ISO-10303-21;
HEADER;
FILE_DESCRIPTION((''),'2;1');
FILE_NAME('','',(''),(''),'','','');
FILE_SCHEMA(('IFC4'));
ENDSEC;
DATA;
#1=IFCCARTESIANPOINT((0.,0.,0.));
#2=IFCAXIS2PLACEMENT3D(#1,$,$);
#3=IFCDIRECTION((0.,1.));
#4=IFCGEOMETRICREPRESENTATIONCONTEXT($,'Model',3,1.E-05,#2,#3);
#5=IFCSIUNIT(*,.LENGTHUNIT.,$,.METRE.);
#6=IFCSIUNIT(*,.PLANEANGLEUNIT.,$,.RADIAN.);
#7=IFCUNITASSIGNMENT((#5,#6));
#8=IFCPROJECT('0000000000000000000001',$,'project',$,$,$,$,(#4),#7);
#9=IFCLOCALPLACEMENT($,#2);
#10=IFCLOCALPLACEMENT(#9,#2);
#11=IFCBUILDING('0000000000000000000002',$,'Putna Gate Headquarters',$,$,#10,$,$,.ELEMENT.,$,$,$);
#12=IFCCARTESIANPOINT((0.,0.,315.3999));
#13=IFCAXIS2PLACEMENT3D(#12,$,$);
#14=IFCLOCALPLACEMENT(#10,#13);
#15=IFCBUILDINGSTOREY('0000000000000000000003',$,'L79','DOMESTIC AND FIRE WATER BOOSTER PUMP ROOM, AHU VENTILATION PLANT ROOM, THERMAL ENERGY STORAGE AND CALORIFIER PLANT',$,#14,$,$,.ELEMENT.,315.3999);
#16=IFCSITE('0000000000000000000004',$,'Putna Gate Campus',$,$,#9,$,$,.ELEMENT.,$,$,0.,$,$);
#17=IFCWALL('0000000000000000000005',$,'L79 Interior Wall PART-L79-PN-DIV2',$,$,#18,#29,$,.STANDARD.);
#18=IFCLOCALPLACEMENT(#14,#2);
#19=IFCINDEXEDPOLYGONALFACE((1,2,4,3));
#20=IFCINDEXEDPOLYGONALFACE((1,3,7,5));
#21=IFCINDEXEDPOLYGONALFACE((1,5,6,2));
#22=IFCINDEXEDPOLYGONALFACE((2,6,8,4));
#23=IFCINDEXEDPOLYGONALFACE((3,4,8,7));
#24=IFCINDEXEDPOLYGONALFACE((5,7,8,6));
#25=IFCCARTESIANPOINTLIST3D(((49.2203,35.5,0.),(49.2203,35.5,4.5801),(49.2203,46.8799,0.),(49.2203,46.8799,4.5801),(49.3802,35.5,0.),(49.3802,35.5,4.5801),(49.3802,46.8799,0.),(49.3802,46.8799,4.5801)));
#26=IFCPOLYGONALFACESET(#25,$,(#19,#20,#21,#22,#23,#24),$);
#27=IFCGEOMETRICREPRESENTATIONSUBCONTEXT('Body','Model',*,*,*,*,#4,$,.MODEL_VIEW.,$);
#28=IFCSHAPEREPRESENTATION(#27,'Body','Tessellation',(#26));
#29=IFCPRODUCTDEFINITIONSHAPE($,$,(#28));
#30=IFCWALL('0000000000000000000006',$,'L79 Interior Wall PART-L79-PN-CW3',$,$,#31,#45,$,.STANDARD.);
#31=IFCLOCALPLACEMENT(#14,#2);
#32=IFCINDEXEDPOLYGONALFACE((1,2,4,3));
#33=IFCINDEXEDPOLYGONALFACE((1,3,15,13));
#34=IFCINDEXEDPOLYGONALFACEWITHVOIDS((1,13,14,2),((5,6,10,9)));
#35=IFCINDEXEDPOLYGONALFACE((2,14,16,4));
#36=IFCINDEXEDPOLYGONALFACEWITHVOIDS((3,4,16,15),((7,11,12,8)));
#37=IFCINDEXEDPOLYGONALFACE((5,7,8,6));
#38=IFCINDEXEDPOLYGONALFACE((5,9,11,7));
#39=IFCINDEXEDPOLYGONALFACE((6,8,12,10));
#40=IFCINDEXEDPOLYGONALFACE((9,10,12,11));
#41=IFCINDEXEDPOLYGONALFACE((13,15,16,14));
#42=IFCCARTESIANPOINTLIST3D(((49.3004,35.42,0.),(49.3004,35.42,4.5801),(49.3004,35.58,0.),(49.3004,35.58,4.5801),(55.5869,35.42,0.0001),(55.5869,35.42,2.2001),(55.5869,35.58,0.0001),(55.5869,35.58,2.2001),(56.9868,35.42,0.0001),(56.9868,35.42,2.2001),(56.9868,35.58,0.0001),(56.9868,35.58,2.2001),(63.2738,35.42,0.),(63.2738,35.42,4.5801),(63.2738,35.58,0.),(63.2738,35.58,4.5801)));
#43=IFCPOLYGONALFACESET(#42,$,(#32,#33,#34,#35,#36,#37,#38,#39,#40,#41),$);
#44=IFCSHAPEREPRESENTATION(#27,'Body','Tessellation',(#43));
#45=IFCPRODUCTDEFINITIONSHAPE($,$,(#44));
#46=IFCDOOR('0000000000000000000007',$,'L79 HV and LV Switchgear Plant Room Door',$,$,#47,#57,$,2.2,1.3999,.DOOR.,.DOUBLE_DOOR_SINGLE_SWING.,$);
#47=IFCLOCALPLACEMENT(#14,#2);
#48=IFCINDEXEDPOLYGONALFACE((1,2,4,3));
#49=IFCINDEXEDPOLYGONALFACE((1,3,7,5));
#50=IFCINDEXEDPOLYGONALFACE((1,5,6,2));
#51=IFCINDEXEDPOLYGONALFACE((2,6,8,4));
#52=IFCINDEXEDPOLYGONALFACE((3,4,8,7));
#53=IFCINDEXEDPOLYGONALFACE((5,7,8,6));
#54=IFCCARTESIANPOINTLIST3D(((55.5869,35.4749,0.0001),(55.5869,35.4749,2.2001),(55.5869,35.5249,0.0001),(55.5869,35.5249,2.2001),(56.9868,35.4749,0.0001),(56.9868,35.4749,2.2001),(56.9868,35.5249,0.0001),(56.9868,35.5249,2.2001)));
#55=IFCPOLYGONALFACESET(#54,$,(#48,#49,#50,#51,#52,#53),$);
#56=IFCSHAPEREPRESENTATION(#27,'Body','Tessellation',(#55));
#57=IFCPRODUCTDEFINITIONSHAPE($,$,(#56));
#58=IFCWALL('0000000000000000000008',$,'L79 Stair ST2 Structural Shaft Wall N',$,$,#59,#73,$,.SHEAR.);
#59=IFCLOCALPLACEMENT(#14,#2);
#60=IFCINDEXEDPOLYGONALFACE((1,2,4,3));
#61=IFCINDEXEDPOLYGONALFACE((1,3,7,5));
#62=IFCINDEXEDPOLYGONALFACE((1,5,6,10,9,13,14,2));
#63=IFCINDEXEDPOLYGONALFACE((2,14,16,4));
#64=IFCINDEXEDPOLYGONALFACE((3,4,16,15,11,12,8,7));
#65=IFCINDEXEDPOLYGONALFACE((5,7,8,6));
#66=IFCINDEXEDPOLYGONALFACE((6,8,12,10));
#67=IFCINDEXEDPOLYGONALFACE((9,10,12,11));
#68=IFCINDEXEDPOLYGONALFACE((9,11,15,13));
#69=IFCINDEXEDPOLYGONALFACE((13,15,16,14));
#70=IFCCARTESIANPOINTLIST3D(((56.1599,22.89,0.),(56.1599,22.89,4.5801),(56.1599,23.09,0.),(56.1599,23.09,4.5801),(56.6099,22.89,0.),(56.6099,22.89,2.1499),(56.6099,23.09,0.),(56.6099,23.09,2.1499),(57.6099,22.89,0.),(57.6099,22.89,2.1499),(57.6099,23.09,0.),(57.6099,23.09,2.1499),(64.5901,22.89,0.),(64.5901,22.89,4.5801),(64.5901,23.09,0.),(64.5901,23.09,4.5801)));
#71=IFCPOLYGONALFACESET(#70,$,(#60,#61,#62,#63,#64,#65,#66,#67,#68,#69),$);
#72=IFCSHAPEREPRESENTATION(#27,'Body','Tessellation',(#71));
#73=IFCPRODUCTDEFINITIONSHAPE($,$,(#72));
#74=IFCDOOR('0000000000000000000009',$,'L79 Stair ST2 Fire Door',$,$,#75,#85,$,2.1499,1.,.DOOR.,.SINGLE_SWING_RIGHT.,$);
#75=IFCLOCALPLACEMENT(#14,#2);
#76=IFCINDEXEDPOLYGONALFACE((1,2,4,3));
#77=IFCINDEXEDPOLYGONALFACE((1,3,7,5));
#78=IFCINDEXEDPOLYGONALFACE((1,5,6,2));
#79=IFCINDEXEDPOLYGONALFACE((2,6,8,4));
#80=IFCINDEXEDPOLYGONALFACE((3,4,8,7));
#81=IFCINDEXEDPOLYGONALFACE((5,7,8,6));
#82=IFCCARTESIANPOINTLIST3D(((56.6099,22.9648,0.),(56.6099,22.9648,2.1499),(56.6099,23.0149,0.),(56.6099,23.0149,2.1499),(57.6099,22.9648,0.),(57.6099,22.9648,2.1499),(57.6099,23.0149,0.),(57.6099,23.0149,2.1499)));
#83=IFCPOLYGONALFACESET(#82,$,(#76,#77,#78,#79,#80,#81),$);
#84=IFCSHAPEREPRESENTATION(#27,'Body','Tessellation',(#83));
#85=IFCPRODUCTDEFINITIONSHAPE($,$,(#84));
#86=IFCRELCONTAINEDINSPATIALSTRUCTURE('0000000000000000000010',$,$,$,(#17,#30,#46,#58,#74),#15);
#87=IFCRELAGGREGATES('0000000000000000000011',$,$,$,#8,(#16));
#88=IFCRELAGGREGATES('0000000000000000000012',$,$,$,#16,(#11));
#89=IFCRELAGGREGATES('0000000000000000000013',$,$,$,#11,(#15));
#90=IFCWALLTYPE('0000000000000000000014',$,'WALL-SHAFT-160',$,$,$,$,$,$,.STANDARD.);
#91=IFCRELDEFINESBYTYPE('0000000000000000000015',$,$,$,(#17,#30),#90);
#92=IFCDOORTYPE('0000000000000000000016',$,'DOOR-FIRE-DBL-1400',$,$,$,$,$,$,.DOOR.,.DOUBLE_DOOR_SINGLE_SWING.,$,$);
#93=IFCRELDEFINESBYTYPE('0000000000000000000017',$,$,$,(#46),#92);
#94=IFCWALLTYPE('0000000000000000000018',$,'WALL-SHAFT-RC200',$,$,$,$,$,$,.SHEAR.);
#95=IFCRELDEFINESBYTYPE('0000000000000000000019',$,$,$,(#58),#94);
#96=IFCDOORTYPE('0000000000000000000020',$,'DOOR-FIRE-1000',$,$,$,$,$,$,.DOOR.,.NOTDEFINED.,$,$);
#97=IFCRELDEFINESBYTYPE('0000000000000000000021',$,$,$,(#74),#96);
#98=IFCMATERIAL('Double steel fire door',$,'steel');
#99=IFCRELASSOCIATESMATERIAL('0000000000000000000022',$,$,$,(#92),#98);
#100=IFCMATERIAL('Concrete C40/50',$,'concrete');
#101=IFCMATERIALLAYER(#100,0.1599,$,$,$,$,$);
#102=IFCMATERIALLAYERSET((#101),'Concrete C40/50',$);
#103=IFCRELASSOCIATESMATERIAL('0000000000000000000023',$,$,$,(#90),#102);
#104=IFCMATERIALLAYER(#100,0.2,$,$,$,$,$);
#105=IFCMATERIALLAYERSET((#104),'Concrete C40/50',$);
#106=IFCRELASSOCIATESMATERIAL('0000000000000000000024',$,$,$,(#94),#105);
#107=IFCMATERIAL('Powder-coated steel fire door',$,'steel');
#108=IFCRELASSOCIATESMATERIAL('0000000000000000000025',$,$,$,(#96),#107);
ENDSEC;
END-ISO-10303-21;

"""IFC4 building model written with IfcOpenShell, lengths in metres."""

from ifc_helpers import new_model, si_unit, direction, frame, frame_2d, origin, place, context, subcontext, project, spatial, rectangle, extrude, material, layer, layer_set, type_object, element, fill, save


model = new_model("IFC4")

# Units and contexts
model_context = context("Model", 3, precision=1e-05, world=origin(), true_north=direction((0.0, 1.0)))
body_context = subcontext(model_context, "Body", "Model", "MODEL_VIEW")
ifc_project = project(units=[si_unit("LENGTHUNIT", "METRE"), si_unit("PLANEANGLEUNIT", "RADIAN")], contexts=[model_context])

# Site, building, storey
site_placement = place(None, origin())
site = spatial("IfcSite", under=ifc_project, at=site_placement, Name="Putna Gate Campus", CompositionType="ELEMENT", RefElevation=0.0)
building_placement = place(site_placement, origin())
building = spatial("IfcBuilding", under=site, at=building_placement, Name="Putna Gate Headquarters", CompositionType="ELEMENT")
storey_placement = place(building_placement, frame((0.0, 0.0, 315.3999)))
storey = spatial("IfcBuildingStorey", under=building, at=storey_placement, Name="L79", Description="DOMESTIC AND FIRE WATER BOOSTER PUMP ROOM, AHU VENTILATION PLANT ROOM, THERMAL ENERGY STORAGE AND CALORIFIER PLANT", CompositionType="ELEMENT", Elevation=315.3999)

# Shared definitions
ifc_material_1 = material(Name="Double steel fire door", Category="steel")
door_type_1 = type_object("IfcDoorType", Name="DOOR-FIRE-DBL-1400", OperationType="DOUBLE_DOOR_SINGLE_SWING", PredefinedType="DOOR", material=ifc_material_1)

# Shared definitions
ifc_material_2 = material(Name="Concrete C40/50", Category="concrete")
ifc_layer_1 = layer(ifc_material_2, 0.1599)
ifc_layer_set_1 = layer_set([ifc_layer_1], Name="Concrete C40/50")
wall_type_1 = type_object("IfcWallType", Name="WALL-SHAFT-160", PredefinedType="STANDARD", material=ifc_layer_set_1)

# Wall
wall_1_placement = place(storey_placement, frame((49.3003, 35.5, 0.0), z_axis=(0.0, 0.0, 1.0), x_axis=(0.0, 1.0, 0.0)))
element("IfcWall", 1, at=wall_1_placement, inside=storey, type_object=wall_type_1, Name="L79 Interior Wall PART-L79-PN-DIV2", PredefinedType="STANDARD", context=body_context, shape_type="SweptSolid", body=[
    extrude(rectangle(XDim=11.3799, YDim=0.1599, at=frame_2d((5.6899, 0.0))), origin(), (0.0, 0.0, 1.0), 4.5801),
])

# Walls, openings, doors
wall_2_placement = place(storey_placement, frame((49.3003, 35.5, 0.0), z_axis=(0.0, 0.0, 1.0), x_axis=(1.0, 0.0, 0.0)))
wall_2 = element("IfcWall", 2, at=wall_2_placement, inside=storey, type_object=wall_type_1, Name="L79 Interior Wall PART-L79-PN-CW3", PredefinedType="STANDARD", context=body_context, shape_type="SweptSolid", body=[
    extrude(rectangle(XDim=13.9734, YDim=0.1599, at=frame_2d((6.9868, 0.0))), origin(), (0.0, 0.0, 1.0), 4.5801),
])
opening_1_placement = place(wall_2_placement, frame((6.2866, 0.0, 0.0)))
opening_1 = element("IfcOpeningElement", 3, at=opening_1_placement, cuts=wall_2, PredefinedType="OPENING", context=body_context, shape_type="SweptSolid", body=[
    extrude(rectangle(XDim=1.3999, YDim=2.2, at=frame_2d((0.7, 1.1001))), frame((0.0, 0.0898, 0.0), z_axis=(0.0, -1.0, 0.0), x_axis=(1.0, 0.0, 0.0)), (0.0, 0.0, 1.0), 0.1799),
])
door_1_placement = place(opening_1_placement, origin())
door_1 = element("IfcDoor", 4, at=door_1_placement, inside=storey, type_object=door_type_1, Name="L79 HV and LV Switchgear Plant Room Door", OperationType="DOUBLE_DOOR_SINGLE_SWING", OverallHeight=2.2, OverallWidth=1.3999, PredefinedType="DOOR", context=body_context, shape_type="SweptSolid", body=[
    extrude(rectangle(XDim=1.3999, YDim=2.2, at=frame_2d((0.7, 1.1001))), frame((0.0, 0.0249, 0.0), z_axis=(0.0, -1.0, 0.0), x_axis=(1.0, 0.0, 0.0)), (0.0, 0.0, 1.0), 0.05),
])
fill(opening_1, door_1)
ifc_layer_2 = layer(ifc_material_2, 0.2)
ifc_layer_set_2 = layer_set([ifc_layer_2], Name="Concrete C40/50")
wall_type_2 = type_object("IfcWallType", Name="WALL-SHAFT-RC200", PredefinedType="SHEAR", material=ifc_layer_set_2)
wall_3_placement = place(storey_placement, frame((56.1599, 22.99, 0.0), z_axis=(0.0, 0.0, 1.0), x_axis=(1.0, 0.0, 0.0)))
wall_3 = element("IfcWall", 5, at=wall_3_placement, inside=storey, type_object=wall_type_2, Name="L79 Stair ST2 Structural Shaft Wall N", PredefinedType="SHEAR", context=body_context, shape_type="SweptSolid", body=[
    extrude(rectangle(XDim=8.4302, YDim=0.2, at=frame_2d((4.2151, 0.0))), origin(), (0.0, 0.0, 1.0), 4.5801),
])
opening_2_placement = place(wall_3_placement, frame((0.45, 0.0, 0.0)))
opening_2 = element("IfcOpeningElement", 6, at=opening_2_placement, cuts=wall_3, PredefinedType="OPENING", context=body_context, shape_type="SweptSolid", body=[
    extrude(rectangle(XDim=1.0, YDim=2.1499, at=frame_2d((0.5, 1.075))), frame((0.0, 0.1099, 0.0), z_axis=(0.0, -1.0, 0.0), x_axis=(1.0, 0.0, 0.0)), (0.0, 0.0, 1.0), 0.22),
])
ifc_material_3 = material(Name="Powder-coated steel fire door", Category="steel")
door_type_2 = type_object("IfcDoorType", Name="DOOR-FIRE-1000", OperationType="NOTDEFINED", PredefinedType="DOOR", material=ifc_material_3)
door_2_placement = place(opening_2_placement, origin())
door_2 = element("IfcDoor", 7, at=door_2_placement, inside=storey, type_object=door_type_2, Name="L79 Stair ST2 Fire Door", OperationType="SINGLE_SWING_RIGHT", OverallHeight=2.1499, OverallWidth=1.0, PredefinedType="DOOR", context=body_context, shape_type="SweptSolid", body=[
    extrude(rectangle(XDim=1.0, YDim=2.1499, at=frame_2d((0.5, 1.075))), frame((0.0, 0.0249, 0.0), z_axis=(0.0, -1.0, 0.0), x_axis=(1.0, 0.0, 0.0)), (0.0, 0.0, 1.0), 0.05),
])
fill(opening_2, door_2)

save(model, "model.ifc")
